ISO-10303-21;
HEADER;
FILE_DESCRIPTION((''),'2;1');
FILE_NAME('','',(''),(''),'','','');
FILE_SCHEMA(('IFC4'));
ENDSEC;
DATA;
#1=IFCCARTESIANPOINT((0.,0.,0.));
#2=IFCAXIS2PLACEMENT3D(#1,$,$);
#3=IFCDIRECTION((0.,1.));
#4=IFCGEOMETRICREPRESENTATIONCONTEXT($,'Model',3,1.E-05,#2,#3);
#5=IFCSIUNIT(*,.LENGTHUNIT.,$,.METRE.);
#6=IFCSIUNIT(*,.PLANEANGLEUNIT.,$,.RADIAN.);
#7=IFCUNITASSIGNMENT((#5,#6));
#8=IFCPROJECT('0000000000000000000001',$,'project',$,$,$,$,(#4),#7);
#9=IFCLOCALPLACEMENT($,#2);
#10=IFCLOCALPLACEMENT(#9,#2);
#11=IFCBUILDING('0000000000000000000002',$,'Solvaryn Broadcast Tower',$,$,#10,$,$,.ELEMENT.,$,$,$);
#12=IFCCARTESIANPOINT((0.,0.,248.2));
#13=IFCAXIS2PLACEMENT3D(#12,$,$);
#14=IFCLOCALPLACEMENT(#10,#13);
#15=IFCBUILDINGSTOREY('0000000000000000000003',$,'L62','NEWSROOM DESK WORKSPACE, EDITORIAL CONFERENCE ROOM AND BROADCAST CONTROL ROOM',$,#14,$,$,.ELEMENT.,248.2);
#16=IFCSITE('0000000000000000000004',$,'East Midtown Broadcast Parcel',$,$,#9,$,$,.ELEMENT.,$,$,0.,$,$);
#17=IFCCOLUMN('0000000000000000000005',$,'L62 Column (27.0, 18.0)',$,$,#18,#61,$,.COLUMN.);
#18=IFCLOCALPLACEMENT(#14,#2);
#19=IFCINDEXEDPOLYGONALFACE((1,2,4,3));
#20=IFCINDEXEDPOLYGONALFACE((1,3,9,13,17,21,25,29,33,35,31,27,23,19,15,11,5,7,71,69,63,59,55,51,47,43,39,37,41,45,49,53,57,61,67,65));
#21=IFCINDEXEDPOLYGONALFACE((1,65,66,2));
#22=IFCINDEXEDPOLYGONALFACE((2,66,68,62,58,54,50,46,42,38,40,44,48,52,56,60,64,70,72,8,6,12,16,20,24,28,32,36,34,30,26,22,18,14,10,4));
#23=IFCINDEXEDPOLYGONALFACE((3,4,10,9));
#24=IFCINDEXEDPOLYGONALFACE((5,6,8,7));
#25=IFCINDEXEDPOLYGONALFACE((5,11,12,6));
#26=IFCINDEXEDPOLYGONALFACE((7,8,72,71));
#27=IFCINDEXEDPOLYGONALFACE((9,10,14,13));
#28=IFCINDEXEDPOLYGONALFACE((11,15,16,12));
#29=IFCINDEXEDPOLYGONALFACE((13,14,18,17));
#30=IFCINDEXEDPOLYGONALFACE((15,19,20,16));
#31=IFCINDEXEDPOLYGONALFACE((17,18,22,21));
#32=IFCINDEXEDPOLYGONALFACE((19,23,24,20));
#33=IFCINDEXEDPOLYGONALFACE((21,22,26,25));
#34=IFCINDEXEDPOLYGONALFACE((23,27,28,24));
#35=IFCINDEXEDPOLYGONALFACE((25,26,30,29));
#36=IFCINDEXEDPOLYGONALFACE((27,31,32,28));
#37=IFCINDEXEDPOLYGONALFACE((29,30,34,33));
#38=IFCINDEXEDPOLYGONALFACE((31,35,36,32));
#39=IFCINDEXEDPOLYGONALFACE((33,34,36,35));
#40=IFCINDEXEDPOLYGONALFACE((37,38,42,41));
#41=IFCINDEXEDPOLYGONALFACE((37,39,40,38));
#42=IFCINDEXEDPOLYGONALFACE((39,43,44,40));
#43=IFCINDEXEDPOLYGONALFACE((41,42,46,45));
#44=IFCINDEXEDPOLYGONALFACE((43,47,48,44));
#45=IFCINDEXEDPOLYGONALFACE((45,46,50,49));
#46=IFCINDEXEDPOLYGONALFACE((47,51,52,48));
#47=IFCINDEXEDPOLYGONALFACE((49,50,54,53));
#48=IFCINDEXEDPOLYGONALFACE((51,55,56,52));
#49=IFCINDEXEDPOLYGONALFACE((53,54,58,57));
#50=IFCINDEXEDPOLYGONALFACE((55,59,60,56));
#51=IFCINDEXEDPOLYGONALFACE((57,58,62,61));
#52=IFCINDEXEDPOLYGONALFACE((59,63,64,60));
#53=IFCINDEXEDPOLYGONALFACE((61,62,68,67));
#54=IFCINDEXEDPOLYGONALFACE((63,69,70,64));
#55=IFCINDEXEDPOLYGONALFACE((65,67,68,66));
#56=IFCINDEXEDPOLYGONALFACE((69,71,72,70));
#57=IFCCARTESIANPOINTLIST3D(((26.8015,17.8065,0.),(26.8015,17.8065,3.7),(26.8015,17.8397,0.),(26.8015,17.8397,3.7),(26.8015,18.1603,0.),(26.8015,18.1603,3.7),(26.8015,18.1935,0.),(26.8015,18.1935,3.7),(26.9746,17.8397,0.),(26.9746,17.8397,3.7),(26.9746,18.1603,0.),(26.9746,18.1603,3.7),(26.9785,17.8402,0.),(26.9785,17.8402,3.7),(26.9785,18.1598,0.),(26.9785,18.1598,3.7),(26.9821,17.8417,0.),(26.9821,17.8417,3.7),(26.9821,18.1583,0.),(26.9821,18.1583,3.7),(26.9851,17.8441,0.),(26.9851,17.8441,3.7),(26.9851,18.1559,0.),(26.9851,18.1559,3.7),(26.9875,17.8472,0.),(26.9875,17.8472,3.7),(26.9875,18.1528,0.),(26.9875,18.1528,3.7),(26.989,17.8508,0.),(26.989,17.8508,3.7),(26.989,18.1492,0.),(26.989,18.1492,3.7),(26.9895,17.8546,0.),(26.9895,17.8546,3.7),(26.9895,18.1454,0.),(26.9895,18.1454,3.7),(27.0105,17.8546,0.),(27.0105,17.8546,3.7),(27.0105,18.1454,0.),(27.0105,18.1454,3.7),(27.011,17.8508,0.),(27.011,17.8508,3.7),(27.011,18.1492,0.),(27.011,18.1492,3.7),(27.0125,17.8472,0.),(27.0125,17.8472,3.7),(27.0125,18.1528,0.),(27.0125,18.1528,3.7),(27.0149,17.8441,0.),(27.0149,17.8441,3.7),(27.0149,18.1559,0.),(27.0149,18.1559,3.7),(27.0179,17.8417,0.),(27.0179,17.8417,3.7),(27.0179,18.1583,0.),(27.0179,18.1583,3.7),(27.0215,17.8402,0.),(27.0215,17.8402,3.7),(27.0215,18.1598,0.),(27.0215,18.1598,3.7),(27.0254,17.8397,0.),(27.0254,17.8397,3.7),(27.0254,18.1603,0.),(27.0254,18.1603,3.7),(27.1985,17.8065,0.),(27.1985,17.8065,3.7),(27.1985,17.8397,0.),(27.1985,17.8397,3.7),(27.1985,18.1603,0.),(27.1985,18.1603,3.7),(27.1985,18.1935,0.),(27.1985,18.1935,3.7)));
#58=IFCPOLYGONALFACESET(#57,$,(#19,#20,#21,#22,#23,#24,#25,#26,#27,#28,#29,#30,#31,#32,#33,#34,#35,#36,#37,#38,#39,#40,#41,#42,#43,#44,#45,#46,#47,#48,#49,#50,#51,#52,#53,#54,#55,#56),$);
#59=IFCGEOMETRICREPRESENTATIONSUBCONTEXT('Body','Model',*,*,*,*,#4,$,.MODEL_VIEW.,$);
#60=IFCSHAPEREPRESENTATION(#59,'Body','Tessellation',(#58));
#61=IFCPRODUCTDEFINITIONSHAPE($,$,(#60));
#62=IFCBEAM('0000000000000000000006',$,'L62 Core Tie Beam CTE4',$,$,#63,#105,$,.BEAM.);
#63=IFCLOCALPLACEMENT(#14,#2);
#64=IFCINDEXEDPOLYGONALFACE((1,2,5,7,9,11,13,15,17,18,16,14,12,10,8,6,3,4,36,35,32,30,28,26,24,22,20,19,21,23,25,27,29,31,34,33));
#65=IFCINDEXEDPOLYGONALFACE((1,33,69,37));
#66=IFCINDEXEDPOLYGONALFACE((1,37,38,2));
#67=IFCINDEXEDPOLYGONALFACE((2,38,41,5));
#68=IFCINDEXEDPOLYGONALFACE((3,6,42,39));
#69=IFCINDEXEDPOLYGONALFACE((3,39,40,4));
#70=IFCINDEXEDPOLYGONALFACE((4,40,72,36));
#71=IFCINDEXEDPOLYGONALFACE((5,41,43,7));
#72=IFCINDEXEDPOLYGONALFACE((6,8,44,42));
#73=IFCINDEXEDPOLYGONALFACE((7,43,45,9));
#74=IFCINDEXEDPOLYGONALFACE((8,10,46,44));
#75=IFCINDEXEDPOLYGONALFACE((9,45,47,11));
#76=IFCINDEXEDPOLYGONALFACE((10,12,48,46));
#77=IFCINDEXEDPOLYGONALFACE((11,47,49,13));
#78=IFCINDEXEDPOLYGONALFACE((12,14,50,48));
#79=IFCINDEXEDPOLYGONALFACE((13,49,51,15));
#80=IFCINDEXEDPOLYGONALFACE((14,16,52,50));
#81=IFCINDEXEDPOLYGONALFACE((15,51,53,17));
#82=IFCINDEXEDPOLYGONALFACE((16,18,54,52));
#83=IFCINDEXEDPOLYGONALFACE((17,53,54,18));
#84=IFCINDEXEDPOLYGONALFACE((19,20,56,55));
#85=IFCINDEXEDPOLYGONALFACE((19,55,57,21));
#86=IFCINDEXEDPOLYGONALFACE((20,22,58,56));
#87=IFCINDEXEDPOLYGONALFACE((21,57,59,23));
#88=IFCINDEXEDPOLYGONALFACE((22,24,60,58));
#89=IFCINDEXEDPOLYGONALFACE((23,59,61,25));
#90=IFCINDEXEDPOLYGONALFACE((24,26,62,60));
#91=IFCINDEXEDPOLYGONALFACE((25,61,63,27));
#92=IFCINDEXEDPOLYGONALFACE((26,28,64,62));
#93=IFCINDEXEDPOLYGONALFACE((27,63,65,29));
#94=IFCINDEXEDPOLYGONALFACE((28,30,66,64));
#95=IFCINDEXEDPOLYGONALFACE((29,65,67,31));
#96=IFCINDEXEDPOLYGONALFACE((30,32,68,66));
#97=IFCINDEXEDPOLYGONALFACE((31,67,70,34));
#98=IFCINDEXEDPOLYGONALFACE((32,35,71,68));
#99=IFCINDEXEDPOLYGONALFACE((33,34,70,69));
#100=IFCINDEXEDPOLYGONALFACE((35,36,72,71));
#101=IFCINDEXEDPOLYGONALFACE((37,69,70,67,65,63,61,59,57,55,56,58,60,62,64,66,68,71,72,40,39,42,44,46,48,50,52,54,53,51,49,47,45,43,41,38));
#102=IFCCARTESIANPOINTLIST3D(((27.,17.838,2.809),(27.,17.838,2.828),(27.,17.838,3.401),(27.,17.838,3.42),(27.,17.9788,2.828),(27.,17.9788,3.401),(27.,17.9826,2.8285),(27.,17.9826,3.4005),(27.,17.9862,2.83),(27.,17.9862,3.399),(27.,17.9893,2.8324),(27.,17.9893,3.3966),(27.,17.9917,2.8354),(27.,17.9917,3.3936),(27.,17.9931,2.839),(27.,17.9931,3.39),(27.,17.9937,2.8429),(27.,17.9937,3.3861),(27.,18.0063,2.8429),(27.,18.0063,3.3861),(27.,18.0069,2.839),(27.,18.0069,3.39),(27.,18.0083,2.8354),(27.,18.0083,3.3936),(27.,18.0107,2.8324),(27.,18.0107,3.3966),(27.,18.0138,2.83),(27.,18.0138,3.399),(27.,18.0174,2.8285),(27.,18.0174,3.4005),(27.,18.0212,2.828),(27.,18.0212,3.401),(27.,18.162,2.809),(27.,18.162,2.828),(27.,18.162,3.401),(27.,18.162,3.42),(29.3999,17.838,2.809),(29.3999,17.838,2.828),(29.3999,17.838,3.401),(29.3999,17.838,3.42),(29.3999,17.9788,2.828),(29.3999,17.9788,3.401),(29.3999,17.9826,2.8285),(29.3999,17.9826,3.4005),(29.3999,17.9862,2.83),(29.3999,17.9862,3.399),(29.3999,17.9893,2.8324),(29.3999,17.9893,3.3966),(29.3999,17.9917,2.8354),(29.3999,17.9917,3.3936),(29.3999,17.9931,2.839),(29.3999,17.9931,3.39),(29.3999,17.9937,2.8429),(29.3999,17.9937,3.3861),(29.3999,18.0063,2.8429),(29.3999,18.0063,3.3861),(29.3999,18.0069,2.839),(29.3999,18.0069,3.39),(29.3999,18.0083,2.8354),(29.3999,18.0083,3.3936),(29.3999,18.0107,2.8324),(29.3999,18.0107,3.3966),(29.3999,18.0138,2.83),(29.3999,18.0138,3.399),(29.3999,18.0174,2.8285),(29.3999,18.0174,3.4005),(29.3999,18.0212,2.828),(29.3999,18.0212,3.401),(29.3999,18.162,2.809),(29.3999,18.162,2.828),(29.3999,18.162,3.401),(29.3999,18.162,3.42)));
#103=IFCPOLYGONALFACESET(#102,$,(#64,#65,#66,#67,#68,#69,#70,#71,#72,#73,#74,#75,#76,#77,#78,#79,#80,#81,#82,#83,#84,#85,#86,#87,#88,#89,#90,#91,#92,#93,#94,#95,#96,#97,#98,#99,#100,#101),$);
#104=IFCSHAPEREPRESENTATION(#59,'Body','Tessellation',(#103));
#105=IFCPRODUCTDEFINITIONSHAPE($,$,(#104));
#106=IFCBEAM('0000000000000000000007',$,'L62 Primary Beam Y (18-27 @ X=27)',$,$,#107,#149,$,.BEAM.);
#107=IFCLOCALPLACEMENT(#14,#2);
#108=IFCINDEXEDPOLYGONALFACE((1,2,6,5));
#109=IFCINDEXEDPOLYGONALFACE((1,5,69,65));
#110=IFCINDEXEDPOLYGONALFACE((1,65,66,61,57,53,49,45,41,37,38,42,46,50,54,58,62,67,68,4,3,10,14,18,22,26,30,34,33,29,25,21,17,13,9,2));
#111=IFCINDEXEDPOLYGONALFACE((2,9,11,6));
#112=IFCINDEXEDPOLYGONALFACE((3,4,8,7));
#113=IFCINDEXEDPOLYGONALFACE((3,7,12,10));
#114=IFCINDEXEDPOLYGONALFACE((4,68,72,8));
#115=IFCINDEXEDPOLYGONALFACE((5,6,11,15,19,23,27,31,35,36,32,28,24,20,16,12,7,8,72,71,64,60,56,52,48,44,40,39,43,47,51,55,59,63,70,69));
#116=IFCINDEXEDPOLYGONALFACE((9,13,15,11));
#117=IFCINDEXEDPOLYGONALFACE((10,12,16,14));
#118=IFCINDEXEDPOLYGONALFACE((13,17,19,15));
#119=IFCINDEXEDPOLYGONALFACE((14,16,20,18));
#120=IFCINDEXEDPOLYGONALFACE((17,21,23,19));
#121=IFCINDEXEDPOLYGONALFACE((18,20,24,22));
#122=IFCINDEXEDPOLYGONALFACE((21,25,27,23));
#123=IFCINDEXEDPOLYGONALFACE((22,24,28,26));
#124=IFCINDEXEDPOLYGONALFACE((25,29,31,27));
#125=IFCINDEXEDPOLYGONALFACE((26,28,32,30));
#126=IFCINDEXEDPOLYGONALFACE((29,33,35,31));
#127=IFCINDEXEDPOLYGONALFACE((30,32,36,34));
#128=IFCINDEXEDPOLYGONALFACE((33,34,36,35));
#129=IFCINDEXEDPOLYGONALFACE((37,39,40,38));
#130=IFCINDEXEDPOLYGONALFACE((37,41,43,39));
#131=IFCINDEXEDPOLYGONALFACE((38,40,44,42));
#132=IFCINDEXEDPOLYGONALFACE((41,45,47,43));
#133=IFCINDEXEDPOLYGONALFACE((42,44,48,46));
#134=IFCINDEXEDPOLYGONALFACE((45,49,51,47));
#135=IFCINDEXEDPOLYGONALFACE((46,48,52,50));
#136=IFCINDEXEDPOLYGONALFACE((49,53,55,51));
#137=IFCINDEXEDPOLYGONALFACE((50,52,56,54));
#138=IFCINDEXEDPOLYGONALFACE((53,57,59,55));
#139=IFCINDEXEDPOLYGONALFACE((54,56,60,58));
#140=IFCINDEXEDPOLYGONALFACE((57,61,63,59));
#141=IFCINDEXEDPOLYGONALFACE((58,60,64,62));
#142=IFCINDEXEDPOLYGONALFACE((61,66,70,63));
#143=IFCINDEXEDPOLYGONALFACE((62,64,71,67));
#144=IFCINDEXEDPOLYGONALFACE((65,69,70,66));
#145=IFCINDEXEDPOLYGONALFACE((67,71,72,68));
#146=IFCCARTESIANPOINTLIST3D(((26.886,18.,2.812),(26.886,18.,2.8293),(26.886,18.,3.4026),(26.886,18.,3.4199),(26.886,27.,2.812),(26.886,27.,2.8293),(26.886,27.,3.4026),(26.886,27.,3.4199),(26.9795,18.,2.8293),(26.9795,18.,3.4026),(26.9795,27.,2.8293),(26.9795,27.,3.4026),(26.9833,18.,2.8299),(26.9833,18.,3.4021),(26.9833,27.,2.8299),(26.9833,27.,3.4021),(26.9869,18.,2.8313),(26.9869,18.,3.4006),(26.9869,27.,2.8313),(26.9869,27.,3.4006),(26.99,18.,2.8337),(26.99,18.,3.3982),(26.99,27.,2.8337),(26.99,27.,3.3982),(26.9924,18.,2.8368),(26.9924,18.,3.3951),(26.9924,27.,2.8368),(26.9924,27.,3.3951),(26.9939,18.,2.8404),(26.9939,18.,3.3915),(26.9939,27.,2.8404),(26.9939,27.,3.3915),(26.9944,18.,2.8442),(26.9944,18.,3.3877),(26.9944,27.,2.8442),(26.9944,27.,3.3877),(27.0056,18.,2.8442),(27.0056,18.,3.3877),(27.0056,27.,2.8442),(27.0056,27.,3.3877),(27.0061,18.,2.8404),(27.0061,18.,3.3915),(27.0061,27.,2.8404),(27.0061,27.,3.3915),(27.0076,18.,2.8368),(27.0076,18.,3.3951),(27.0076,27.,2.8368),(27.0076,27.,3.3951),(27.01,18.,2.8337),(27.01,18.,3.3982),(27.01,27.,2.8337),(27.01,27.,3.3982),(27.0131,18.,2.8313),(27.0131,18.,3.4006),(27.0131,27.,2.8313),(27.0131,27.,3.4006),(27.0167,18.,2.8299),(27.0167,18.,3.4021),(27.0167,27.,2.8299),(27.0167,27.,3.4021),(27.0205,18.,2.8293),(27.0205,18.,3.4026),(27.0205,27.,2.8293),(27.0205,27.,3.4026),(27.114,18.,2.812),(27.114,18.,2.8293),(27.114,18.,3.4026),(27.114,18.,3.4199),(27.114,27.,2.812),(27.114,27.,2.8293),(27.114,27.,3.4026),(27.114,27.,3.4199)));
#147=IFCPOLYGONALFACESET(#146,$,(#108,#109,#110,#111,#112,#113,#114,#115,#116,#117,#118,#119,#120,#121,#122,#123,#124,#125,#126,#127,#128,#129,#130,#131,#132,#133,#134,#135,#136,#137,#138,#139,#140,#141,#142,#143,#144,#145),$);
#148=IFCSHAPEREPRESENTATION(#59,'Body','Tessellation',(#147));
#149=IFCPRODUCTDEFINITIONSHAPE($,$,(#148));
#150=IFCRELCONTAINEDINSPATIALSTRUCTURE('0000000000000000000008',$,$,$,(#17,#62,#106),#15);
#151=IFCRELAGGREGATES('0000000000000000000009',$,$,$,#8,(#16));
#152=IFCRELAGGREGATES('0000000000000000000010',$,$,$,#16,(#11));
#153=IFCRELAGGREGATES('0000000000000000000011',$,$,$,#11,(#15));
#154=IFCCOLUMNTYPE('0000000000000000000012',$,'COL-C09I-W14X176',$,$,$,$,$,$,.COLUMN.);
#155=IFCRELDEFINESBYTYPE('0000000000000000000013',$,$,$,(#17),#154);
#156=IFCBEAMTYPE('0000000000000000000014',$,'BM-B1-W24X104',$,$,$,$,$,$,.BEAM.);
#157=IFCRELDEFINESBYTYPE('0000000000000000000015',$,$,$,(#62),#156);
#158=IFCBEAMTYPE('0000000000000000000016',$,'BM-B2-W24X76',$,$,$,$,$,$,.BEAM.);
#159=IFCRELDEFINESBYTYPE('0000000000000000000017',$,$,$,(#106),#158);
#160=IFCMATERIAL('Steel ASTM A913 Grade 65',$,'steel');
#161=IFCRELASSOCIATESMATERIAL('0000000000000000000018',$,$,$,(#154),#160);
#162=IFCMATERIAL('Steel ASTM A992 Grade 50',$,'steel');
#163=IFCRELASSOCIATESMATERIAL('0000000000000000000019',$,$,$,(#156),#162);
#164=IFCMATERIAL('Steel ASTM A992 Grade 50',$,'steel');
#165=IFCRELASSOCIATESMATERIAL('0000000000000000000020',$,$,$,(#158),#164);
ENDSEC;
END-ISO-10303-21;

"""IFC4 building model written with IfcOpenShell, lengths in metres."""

from ifc_helpers import new_model, si_unit, direction, frame, origin, origin_2d, place, context, subcontext, project, spatial, i_section, extrude, material, material_profile, profile_set, type_object, element, save


model = new_model("IFC4")

# Units and contexts
model_context = context("Model", 3, precision=1e-05, world=origin(), true_north=direction((0.0, 1.0)))
body_context = subcontext(model_context, "Body", "Model", "MODEL_VIEW")
ifc_project = project(units=[si_unit("LENGTHUNIT", "METRE"), si_unit("PLANEANGLEUNIT", "RADIAN")], contexts=[model_context])

# Site, building, storey
site_placement = place(None, origin())
site = spatial("IfcSite", under=ifc_project, at=site_placement, Name="East Midtown Broadcast Parcel", CompositionType="ELEMENT", RefElevation=0.0)
building_placement = place(site_placement, origin())
building = spatial("IfcBuilding", under=site, at=building_placement, Name="Solvaryn Broadcast Tower", CompositionType="ELEMENT")
storey_placement = place(building_placement, frame((0.0, 0.0, 248.2)))
storey = spatial("IfcBuildingStorey", under=building, at=storey_placement, Name="L62", Description="NEWSROOM DESK WORKSPACE, EDITORIAL CONFERENCE ROOM AND BROADCAST CONTROL ROOM", CompositionType="ELEMENT", Elevation=248.2)

# Column
ifc_material_1 = material(Name="Steel ASTM A913 Grade 65", Category="steel")
ifc_material_profile_1 = material_profile(ifc_material_1, i_section(OverallWidth=0.397, OverallDepth=0.387, WebThickness=0.021, FlangeThickness=0.0332, FilletRadius=0.0149, at=origin_2d()))
ifc_profile_set_1 = profile_set([ifc_material_profile_1], Name="Steel ASTM A913 Grade 65")
column_type = type_object("IfcColumnType", Name="COL-C09I-W14X176", PredefinedType="COLUMN", material=ifc_profile_set_1)
column_placement = place(storey_placement, frame((27.0, 18.0, 0.0), z_axis=(0.0, 0.0, 1.0), x_axis=(1.0, 0.0, 0.0)))
element("IfcColumn", 1, at=column_placement, inside=storey, type_object=column_type, Name="L62 Column (27.0, 18.0)", PredefinedType="COLUMN", context=body_context, shape_type="SweptSolid", body=[
    extrude(i_section(OverallWidth=0.397, OverallDepth=0.387, WebThickness=0.021, FlangeThickness=0.0332, FilletRadius=0.0149, at=origin_2d()), origin(), (0.0, 0.0, 1.0), 3.7),
])

# Beams
ifc_material_2 = material(Name="Steel ASTM A992 Grade 50", Category="steel")
ifc_material_profile_2 = material_profile(ifc_material_2, i_section(OverallWidth=0.324, OverallDepth=0.6111, WebThickness=0.0127, FlangeThickness=0.019, FilletRadius=0.0149, at=origin_2d()))
ifc_profile_set_2 = profile_set([ifc_material_profile_2], Name="Steel ASTM A992 Grade 50")
beam_type_1 = type_object("IfcBeamType", Name="BM-B1-W24X104", PredefinedType="BEAM", material=ifc_profile_set_2)
beam_1_placement = place(storey_placement, frame((27.0, 18.0, 3.1145), z_axis=(1.0, 0.0, 0.0), x_axis=(0.0, 1.0, 0.0)))
element("IfcBeam", 2, at=beam_1_placement, inside=storey, type_object=beam_type_1, Name="L62 Core Tie Beam CTE4", PredefinedType="BEAM", context=body_context, shape_type="SweptSolid", body=[
    extrude(i_section(OverallWidth=0.324, OverallDepth=0.6111, WebThickness=0.0127, FlangeThickness=0.019, FilletRadius=0.0149, at=origin_2d()), origin(), (0.0, 0.0, 1.0), 2.3999),
])
ifc_material_3 = material(Name="Steel ASTM A992 Grade 50", Category="steel")
ifc_material_profile_3 = material_profile(ifc_material_3, i_section(OverallWidth=0.228, OverallDepth=0.6079, WebThickness=0.0112, FlangeThickness=0.0173, FilletRadius=0.0149, at=origin_2d()))
ifc_profile_set_3 = profile_set([ifc_material_profile_3], Name="Steel ASTM A992 Grade 50")
beam_type_2 = type_object("IfcBeamType", Name="BM-B2-W24X76", PredefinedType="BEAM", material=ifc_profile_set_3)
beam_2_placement = place(storey_placement, frame((27.0, 18.0, 3.116), z_axis=(0.0, 1.0, 0.0), x_axis=(-1.0, 0.0, 0.0)))
element("IfcBeam", 3, at=beam_2_placement, inside=storey, type_object=beam_type_2, Name="L62 Primary Beam Y (18-27 @ X=27)", PredefinedType="BEAM", context=body_context, shape_type="SweptSolid", body=[
    extrude(i_section(OverallWidth=0.228, OverallDepth=0.6079, WebThickness=0.0112, FlangeThickness=0.0173, FilletRadius=0.0149, at=origin_2d()), origin(), (0.0, 0.0, 1.0), 9.0),
])

save(model, "model.ifc")
